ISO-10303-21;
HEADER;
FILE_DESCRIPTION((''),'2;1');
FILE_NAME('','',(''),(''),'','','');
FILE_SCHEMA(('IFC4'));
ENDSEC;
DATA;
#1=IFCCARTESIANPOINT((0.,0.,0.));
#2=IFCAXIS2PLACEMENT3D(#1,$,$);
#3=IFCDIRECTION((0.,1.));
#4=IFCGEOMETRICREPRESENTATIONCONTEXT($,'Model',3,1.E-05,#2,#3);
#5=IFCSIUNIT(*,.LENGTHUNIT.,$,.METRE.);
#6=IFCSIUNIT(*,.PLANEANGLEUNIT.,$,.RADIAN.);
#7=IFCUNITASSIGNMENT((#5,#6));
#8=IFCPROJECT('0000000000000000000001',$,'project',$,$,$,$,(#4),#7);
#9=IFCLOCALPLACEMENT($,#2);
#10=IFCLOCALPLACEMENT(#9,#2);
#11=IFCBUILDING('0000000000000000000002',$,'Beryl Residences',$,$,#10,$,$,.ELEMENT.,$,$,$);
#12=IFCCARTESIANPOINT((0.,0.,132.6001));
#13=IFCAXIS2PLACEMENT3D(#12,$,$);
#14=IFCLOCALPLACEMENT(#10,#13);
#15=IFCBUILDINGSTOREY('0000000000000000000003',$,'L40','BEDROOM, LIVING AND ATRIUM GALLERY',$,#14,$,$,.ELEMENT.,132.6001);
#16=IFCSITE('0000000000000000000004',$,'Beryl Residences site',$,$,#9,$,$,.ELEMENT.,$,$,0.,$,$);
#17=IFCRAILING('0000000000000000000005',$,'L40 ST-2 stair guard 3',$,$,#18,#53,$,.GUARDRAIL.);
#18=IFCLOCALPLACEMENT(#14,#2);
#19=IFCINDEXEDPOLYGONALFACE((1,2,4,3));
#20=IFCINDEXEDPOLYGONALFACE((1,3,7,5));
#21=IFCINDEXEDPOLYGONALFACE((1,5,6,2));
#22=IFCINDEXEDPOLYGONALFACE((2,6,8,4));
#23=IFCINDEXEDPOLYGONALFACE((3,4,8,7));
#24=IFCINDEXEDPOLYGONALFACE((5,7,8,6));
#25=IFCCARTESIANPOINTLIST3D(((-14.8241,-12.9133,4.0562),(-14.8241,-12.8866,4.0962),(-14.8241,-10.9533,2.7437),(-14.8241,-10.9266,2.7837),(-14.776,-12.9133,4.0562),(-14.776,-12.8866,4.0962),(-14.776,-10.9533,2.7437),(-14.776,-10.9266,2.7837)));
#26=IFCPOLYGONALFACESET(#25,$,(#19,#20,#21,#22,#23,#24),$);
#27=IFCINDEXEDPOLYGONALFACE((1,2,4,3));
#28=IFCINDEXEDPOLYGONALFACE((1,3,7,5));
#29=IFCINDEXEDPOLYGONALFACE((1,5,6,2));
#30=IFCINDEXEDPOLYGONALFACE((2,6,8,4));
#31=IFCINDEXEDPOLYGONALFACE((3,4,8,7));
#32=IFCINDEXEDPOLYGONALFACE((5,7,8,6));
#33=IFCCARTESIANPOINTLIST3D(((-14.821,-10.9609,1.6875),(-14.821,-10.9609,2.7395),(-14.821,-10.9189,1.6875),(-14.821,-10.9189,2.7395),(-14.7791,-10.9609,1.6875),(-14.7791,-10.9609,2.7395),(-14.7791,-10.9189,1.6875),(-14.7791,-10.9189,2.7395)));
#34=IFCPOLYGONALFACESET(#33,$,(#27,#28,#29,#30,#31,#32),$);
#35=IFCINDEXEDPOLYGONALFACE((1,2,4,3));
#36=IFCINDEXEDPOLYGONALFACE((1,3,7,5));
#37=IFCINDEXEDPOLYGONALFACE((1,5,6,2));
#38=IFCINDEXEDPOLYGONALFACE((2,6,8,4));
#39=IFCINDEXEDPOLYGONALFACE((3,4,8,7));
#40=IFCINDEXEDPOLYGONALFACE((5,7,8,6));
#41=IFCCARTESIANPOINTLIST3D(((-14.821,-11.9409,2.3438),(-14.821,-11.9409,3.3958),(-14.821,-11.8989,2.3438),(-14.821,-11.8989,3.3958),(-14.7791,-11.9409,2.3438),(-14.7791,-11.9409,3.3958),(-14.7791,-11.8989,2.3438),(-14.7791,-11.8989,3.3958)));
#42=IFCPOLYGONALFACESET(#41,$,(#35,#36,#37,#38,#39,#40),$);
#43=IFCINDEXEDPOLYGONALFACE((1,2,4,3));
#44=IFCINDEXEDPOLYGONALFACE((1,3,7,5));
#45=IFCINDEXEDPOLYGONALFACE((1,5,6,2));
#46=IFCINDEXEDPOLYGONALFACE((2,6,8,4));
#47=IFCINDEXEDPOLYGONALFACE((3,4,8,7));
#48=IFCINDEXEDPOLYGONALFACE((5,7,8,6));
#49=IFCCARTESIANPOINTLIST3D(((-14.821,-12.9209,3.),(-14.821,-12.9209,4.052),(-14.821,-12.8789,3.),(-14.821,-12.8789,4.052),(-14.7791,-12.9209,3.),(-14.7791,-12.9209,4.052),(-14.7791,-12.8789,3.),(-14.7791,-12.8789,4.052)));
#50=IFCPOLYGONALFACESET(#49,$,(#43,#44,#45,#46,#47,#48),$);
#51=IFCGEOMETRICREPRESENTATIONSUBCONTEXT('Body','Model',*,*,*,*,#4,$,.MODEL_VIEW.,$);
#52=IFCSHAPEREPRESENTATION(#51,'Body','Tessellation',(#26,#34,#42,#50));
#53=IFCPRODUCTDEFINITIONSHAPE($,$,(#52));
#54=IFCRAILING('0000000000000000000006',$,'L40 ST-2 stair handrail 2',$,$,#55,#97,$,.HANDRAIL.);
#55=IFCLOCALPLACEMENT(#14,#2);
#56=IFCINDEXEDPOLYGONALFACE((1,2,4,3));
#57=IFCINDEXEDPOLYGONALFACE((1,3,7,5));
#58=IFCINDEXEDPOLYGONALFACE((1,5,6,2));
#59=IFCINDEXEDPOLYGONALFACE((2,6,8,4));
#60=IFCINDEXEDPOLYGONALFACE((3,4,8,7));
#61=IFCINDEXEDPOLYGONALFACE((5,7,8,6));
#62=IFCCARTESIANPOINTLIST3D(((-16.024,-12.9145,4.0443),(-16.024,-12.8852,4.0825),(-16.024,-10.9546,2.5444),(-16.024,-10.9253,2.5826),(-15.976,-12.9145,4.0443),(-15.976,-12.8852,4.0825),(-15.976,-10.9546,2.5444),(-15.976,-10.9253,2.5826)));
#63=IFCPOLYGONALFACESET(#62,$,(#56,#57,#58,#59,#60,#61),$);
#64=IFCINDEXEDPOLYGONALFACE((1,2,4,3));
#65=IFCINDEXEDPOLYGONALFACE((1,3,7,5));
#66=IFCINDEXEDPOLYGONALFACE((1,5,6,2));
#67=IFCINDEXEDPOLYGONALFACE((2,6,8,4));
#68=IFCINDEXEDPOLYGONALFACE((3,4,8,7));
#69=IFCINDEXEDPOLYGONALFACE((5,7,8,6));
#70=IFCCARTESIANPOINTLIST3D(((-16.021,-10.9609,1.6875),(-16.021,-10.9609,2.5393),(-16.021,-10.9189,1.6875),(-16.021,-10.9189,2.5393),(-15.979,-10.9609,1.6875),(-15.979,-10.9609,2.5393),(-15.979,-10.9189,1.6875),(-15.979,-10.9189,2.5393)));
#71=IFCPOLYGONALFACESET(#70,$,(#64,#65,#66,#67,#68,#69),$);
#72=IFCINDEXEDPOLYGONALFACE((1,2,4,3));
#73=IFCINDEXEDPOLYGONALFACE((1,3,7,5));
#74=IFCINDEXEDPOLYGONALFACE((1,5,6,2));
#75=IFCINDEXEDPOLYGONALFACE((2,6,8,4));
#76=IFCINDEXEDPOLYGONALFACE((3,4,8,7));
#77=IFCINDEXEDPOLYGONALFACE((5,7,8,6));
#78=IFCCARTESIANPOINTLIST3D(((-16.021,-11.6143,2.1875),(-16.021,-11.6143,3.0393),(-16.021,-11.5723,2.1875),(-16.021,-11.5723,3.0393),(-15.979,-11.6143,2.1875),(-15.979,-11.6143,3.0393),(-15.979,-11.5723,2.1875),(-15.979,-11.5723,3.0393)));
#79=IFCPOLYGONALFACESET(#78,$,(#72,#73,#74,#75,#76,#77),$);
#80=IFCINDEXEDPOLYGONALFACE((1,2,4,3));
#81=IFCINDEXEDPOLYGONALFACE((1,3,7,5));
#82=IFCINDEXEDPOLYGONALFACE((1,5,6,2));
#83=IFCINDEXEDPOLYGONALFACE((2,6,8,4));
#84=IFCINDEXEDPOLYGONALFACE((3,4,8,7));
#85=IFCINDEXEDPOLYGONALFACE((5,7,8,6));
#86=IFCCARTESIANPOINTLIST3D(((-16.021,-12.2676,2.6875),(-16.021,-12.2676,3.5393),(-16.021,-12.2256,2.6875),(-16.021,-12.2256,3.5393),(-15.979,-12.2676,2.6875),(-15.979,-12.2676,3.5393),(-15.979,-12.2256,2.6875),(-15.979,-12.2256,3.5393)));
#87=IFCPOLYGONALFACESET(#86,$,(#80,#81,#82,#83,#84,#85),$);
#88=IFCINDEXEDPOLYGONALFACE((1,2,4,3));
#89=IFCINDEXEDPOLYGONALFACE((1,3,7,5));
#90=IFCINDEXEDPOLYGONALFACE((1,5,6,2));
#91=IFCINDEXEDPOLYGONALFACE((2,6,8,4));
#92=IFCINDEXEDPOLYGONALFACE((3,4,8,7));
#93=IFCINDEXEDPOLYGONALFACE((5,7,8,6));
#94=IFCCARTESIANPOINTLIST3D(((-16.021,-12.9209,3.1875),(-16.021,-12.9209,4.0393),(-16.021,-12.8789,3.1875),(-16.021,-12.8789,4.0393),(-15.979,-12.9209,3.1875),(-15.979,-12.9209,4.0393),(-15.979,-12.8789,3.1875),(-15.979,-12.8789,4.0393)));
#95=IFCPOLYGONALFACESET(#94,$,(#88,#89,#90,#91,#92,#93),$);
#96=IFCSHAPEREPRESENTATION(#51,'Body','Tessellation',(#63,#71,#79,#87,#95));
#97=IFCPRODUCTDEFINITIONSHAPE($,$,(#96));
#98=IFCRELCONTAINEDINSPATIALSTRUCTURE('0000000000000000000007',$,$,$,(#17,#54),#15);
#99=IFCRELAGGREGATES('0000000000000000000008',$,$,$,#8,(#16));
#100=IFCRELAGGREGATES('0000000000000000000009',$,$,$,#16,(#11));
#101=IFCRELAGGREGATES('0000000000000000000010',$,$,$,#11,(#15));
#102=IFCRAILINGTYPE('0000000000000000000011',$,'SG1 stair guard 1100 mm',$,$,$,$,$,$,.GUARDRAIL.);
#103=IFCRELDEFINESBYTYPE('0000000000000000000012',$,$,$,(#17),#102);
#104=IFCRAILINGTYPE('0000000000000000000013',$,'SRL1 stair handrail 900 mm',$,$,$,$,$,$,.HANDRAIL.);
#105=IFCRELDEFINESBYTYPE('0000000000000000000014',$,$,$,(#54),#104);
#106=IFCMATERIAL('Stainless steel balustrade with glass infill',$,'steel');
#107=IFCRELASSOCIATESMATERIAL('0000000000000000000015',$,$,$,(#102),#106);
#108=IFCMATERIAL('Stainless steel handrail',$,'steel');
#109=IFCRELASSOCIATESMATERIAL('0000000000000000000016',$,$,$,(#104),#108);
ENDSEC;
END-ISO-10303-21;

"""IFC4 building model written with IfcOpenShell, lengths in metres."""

from ifc_helpers import new_model, si_unit, direction, frame, origin, origin_2d, place, context, subcontext, project, spatial, rectangle, extrude, material, type_object, element, save


model = new_model("IFC4")

# Units and contexts
model_context = context("Model", 3, precision=1e-05, world=origin(), true_north=direction((0.0, 1.0)))
body_context = subcontext(model_context, "Body", "Model", "MODEL_VIEW")
ifc_project = project(units=[si_unit("LENGTHUNIT", "METRE"), si_unit("PLANEANGLEUNIT", "RADIAN")], contexts=[model_context])

# Site, building, storey
site_placement = place(None, origin())
site = spatial("IfcSite", under=ifc_project, at=site_placement, Name="Beryl Residences site", CompositionType="ELEMENT", RefElevation=0.0)
building_placement = place(site_placement, origin())
building = spatial("IfcBuilding", under=site, at=building_placement, Name="Beryl Residences", CompositionType="ELEMENT")
storey_placement = place(building_placement, frame((0.0, 0.0, 132.6001)))
storey = spatial("IfcBuildingStorey", under=building, at=storey_placement, Name="L40", Description="BEDROOM, LIVING AND ATRIUM GALLERY", CompositionType="ELEMENT", Elevation=132.6001)

# Railings
ifc_material_1 = material(Name="Stainless steel balustrade with glass infill", Category="steel")
railing_type_1 = type_object("IfcRailingType", Name="SG1 stair guard 1100 mm", PredefinedType="GUARDRAIL", material=ifc_material_1)
railing_1_placement = place(storey_placement, frame((-14.8, -10.9399, 1.6875)))
element("IfcRailing", 1, at=railing_1_placement, inside=storey, type_object=railing_type_1, Name="L40 ST-2 stair guard 3", PredefinedType="GUARDRAIL", context=body_context, shape_type="SweptSolid", body=[
    extrude(rectangle(XDim=0.0481, YDim=0.0481, at=origin_2d()), frame((0.0, 0.0, 1.0762), z_axis=(0.0, -0.830902, 0.556419), x_axis=(1.0, 0.0, 0.0)), (0.0, 0.0, 1.0), 2.3589),
    extrude(rectangle(XDim=0.042, YDim=0.042, at=origin_2d()), origin(), (0.0, 0.0, 1.0), 1.052),
    extrude(rectangle(XDim=0.042, YDim=0.042, at=origin_2d()), frame((0.0, -0.98, 0.6562)), (0.0, 0.0, 1.0), 1.052),
    extrude(rectangle(XDim=0.042, YDim=0.042, at=origin_2d()), frame((0.0, -1.96, 1.3125)), (0.0, 0.0, 1.0), 1.052),
])
ifc_material_2 = material(Name="Stainless steel handrail", Category="steel")
railing_type_2 = type_object("IfcRailingType", Name="SRL1 stair handrail 900 mm", PredefinedType="HANDRAIL", material=ifc_material_2)
railing_2_placement = place(storey_placement, frame((-16.0, -10.9399, 1.6875)))
element("IfcRailing", 2, at=railing_2_placement, inside=storey, type_object=railing_type_2, Name="L40 ST-2 stair handrail 2", PredefinedType="HANDRAIL", context=body_context, shape_type="SweptSolid", body=[
    extrude(rectangle(XDim=0.0481, YDim=0.0481, at=origin_2d()), frame((0.0, 0.0, 0.876), z_axis=(0.0, -0.794122, 0.607758), x_axis=(1.0, 0.0, 0.0)), (0.0, 0.0, 1.0), 2.468),
    extrude(rectangle(XDim=0.042, YDim=0.042, at=origin_2d()), origin(), (0.0, 0.0, 1.0), 0.8518),
    extrude(rectangle(XDim=0.042, YDim=0.042, at=origin_2d()), frame((0.0, -0.6533, 0.5)), (0.0, 0.0, 1.0), 0.8518),
    extrude(rectangle(XDim=0.042, YDim=0.042, at=origin_2d()), frame((0.0, -1.3066, 1.0)), (0.0, 0.0, 1.0), 0.8518),
    extrude(rectangle(XDim=0.042, YDim=0.042, at=origin_2d()), frame((0.0, -1.96, 1.5)), (0.0, 0.0, 1.0), 0.8518),
])

save(model, "model.ifc")
